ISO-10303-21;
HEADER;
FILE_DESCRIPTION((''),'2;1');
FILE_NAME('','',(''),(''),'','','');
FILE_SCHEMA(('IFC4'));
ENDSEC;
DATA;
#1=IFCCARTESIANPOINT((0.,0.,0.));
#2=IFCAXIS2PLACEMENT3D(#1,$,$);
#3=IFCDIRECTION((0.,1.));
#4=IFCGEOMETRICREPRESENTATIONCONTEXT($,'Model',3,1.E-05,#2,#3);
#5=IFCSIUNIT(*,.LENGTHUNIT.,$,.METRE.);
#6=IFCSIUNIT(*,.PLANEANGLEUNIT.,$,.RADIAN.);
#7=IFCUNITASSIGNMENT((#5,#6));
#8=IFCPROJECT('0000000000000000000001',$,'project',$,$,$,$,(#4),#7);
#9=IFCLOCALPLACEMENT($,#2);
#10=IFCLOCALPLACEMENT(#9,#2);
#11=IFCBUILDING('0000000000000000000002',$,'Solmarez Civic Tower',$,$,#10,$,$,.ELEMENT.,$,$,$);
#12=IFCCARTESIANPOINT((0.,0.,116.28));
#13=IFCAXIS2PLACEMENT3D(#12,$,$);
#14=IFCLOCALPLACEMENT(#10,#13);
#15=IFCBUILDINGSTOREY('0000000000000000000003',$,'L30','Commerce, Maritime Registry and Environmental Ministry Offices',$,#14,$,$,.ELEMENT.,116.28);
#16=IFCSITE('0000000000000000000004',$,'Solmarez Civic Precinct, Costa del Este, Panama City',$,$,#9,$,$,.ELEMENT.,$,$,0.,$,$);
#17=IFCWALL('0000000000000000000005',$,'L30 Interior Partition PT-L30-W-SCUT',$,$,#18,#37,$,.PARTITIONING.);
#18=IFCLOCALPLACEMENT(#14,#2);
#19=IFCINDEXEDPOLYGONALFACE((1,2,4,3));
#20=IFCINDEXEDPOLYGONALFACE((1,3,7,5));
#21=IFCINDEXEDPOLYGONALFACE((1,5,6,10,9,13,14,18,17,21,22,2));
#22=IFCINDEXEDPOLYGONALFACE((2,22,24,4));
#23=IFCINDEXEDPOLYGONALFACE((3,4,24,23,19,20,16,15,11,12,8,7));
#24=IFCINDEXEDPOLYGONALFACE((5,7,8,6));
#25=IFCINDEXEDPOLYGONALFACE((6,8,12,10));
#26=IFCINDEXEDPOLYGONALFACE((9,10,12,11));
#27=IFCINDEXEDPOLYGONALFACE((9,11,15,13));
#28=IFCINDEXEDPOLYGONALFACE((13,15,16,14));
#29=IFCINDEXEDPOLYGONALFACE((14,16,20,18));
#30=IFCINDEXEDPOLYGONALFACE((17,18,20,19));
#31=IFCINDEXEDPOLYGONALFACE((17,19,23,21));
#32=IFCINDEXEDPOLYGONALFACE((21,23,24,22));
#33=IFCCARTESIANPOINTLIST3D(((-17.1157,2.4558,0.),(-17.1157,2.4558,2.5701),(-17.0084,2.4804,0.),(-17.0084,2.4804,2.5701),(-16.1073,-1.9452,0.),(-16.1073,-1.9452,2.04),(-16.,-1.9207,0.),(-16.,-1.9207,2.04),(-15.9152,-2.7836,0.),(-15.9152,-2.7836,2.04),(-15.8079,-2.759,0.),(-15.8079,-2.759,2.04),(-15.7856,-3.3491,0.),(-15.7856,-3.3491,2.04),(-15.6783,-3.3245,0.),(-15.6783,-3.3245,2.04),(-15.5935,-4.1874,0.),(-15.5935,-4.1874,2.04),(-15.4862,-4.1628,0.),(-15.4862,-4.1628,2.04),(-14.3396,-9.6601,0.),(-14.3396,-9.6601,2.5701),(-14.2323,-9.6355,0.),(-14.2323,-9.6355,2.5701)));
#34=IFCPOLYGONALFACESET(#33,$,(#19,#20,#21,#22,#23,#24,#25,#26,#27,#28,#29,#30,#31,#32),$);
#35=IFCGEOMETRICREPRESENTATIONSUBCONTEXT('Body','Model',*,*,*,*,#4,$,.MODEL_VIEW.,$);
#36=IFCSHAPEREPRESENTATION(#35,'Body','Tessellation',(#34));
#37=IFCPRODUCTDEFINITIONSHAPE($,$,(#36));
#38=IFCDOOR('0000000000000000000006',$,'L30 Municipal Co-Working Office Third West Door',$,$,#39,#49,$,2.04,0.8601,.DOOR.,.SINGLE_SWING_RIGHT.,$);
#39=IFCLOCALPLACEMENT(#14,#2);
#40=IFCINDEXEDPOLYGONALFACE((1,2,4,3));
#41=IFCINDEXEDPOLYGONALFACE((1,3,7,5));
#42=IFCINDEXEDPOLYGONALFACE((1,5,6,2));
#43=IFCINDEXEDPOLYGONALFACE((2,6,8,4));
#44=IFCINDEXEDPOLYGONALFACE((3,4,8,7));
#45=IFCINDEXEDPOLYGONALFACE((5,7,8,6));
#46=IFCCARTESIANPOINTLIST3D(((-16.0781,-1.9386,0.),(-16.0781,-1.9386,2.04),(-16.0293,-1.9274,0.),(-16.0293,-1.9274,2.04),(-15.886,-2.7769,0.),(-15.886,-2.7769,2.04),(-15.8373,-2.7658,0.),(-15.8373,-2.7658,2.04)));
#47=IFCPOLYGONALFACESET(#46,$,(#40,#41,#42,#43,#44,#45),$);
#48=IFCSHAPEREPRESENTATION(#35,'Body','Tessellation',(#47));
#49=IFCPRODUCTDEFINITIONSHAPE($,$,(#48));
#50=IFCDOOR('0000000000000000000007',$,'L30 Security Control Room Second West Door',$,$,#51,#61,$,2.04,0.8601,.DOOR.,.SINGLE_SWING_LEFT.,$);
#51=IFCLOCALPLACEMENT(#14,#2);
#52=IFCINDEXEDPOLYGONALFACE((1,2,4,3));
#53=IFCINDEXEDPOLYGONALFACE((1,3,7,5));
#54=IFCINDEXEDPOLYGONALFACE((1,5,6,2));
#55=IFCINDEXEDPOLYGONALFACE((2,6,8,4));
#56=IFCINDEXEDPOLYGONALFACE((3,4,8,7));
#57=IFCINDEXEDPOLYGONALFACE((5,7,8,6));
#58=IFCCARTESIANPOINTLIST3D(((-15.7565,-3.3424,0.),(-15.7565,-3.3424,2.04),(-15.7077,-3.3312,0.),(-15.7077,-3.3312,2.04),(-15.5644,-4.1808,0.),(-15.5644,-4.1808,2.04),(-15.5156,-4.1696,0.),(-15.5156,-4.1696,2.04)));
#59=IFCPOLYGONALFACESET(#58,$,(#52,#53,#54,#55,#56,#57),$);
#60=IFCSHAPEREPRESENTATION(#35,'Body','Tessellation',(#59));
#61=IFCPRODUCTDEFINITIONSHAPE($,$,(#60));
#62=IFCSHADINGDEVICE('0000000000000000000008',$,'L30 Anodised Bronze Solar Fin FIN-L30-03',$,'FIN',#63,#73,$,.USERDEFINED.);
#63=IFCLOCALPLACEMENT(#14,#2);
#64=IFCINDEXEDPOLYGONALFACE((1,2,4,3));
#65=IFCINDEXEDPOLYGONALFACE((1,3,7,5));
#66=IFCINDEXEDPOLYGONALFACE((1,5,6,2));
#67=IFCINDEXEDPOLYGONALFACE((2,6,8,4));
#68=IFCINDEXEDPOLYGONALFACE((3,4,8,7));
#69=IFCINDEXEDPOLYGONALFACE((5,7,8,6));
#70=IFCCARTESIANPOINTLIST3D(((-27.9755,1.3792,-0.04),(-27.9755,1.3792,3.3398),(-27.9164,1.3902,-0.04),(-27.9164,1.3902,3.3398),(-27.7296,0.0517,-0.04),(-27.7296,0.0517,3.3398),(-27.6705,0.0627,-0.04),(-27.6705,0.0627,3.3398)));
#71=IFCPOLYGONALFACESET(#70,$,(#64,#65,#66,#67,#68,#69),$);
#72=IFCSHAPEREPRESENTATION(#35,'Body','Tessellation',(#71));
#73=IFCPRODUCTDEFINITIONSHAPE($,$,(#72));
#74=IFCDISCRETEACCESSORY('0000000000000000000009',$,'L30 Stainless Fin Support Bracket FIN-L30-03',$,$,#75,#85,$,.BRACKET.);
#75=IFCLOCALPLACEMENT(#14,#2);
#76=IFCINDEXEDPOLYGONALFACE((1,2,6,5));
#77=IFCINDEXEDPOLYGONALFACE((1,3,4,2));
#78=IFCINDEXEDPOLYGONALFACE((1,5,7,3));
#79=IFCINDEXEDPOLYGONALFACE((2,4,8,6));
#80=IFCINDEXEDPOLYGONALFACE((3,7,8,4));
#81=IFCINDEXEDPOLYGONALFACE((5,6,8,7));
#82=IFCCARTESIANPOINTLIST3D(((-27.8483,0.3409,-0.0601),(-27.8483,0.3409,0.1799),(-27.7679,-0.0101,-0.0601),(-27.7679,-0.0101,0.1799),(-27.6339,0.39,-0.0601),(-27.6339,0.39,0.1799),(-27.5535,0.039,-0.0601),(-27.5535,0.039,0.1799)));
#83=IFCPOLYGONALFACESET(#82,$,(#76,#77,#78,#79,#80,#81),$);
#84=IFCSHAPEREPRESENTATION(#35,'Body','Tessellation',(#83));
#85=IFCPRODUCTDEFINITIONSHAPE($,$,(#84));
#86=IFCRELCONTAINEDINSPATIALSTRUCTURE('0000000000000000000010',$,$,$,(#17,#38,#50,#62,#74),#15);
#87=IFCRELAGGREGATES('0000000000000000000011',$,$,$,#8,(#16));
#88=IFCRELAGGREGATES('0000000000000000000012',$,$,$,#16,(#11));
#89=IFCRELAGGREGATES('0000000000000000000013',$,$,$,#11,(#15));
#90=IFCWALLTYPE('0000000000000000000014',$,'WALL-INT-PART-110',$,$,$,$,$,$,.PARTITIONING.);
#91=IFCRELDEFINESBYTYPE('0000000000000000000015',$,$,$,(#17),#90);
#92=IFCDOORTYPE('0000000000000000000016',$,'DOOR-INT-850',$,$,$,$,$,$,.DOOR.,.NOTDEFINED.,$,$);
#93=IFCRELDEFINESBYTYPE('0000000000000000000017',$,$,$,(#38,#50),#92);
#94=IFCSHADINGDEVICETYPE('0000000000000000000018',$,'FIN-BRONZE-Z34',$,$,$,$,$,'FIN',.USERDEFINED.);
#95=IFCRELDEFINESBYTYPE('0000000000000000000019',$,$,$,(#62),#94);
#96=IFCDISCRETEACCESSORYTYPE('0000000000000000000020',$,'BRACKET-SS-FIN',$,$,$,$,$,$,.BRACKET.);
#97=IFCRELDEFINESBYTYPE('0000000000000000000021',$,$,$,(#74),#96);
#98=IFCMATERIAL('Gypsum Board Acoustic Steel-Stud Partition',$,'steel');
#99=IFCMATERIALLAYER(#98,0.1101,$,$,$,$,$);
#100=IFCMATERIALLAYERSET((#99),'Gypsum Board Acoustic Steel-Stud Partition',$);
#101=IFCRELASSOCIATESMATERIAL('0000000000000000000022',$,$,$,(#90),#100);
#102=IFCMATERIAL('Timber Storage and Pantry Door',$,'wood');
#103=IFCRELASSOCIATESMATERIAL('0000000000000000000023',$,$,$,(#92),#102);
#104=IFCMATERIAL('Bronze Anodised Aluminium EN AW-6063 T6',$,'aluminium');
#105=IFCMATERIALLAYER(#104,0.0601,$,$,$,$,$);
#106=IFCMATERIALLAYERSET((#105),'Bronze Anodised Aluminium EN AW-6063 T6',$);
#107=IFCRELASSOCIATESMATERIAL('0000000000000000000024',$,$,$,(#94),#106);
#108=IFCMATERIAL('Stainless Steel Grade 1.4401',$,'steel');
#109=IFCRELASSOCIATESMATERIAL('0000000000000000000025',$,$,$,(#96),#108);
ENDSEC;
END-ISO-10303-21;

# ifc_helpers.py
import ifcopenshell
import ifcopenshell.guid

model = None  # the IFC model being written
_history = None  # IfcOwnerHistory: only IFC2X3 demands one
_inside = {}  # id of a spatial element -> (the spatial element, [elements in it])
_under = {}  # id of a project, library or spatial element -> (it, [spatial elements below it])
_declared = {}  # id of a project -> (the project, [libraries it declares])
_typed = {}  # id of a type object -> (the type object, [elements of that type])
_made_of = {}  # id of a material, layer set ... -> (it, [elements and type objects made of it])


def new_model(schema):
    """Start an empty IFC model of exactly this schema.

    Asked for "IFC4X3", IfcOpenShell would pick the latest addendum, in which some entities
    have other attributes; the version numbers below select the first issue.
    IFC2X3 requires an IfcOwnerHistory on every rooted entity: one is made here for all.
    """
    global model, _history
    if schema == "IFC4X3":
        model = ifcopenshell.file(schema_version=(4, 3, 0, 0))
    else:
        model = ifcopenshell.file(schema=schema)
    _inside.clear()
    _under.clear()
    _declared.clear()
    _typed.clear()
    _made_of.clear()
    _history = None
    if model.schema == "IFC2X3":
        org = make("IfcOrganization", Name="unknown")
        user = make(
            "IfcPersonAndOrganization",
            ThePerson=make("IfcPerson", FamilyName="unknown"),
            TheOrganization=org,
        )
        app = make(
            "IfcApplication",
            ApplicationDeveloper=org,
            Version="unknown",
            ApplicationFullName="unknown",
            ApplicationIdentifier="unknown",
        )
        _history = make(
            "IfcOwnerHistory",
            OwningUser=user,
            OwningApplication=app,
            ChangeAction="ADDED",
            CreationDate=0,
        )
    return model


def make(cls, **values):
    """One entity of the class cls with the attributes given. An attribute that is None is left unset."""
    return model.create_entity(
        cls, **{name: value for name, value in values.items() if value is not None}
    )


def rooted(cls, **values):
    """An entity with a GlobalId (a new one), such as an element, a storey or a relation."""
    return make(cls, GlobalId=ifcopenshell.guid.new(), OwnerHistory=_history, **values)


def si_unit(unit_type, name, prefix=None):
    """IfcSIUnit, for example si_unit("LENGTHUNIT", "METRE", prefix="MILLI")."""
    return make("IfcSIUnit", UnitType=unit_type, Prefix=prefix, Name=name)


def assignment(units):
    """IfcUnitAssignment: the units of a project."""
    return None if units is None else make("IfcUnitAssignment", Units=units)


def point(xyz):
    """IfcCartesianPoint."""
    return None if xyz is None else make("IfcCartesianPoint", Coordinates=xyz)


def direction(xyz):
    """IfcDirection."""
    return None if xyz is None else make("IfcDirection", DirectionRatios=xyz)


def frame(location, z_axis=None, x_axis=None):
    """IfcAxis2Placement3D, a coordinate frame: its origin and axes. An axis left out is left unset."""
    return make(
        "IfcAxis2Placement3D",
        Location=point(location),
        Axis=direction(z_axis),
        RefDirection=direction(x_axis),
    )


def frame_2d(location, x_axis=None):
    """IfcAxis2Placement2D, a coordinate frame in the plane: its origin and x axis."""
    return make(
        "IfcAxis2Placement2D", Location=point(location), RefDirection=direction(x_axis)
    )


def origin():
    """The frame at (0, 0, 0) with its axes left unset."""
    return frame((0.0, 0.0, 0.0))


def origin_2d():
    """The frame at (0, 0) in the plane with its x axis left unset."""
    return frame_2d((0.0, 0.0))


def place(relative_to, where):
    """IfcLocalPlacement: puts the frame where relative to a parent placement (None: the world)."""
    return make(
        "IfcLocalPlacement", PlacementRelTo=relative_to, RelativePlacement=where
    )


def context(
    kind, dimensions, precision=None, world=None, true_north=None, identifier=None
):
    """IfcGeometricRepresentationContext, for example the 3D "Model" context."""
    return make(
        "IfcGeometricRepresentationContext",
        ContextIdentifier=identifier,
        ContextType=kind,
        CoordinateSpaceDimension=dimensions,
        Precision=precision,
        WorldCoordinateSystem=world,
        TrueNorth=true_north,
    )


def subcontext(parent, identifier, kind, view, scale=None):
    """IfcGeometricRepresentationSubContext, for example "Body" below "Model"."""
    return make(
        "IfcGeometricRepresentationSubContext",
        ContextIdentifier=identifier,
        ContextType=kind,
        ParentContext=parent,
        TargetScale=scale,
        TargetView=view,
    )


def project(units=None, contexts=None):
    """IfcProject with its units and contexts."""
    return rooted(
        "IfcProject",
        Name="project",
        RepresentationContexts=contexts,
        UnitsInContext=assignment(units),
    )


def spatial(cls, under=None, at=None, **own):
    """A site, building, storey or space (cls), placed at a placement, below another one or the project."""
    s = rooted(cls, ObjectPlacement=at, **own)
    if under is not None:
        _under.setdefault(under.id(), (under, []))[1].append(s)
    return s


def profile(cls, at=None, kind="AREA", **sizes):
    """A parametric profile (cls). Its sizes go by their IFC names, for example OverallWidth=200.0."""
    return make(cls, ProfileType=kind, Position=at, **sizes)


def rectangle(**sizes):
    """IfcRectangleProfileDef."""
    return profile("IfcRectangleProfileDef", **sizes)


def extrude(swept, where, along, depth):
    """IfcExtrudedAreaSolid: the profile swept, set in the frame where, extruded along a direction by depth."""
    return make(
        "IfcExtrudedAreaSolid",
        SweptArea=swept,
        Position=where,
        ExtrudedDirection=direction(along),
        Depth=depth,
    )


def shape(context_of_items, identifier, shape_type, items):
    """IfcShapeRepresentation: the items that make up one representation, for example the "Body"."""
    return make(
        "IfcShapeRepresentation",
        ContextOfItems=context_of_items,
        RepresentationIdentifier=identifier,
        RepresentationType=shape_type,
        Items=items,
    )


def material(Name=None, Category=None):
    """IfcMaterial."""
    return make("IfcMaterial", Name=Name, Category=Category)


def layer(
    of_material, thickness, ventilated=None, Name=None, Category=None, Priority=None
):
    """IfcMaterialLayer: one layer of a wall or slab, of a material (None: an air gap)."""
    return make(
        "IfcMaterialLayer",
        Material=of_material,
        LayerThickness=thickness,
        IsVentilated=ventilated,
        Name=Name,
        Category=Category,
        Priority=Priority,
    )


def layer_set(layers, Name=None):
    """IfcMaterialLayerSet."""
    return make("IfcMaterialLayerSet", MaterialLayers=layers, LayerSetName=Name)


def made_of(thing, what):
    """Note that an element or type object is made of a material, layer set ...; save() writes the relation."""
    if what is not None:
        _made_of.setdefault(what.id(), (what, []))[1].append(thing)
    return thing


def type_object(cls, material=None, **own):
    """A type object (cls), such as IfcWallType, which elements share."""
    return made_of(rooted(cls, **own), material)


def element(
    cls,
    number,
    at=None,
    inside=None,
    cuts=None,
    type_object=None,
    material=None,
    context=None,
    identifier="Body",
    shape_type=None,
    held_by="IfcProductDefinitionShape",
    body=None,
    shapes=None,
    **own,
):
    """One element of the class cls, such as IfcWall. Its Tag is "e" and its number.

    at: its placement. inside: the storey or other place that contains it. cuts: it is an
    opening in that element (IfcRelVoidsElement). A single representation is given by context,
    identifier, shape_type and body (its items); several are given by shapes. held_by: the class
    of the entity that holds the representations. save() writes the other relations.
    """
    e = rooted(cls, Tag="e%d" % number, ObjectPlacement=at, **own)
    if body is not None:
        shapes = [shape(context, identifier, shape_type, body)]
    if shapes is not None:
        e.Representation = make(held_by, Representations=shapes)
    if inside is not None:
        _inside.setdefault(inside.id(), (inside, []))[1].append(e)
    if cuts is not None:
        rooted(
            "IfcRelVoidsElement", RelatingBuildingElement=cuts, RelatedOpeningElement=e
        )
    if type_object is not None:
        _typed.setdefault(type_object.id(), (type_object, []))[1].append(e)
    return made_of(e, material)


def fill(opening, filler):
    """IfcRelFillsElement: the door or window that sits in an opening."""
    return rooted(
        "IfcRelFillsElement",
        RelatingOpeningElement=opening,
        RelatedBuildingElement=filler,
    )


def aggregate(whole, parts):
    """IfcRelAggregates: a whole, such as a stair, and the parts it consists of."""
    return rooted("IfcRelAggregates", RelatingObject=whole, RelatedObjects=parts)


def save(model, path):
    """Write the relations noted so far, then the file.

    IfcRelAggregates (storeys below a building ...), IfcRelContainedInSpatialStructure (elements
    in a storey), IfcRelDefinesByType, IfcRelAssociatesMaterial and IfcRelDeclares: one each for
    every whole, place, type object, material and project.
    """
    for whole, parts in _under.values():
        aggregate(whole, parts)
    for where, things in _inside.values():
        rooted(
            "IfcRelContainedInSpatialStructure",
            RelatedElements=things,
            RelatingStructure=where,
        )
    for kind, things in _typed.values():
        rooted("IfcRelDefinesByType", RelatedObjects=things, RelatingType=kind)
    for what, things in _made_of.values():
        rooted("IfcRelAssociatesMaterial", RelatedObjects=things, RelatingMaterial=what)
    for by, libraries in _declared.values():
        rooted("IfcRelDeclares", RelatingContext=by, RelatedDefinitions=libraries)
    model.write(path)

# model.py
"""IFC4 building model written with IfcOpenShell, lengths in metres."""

from ifc_helpers import new_model, si_unit, direction, frame, frame_2d, origin, origin_2d, place, context, subcontext, project, spatial, rectangle, extrude, material, layer, layer_set, type_object, element, fill, save


model = new_model("IFC4")

# Units and contexts
model_context = context("Model", 3, precision=1e-05, world=origin(), true_north=direction((0.0, 1.0)))
body_context = subcontext(model_context, "Body", "Model", "MODEL_VIEW")
ifc_project = project(units=[si_unit("LENGTHUNIT", "METRE"), si_unit("PLANEANGLEUNIT", "RADIAN")], contexts=[model_context])

# Site, building, storey
site_placement = place(None, origin())
site = spatial("IfcSite", under=ifc_project, at=site_placement, Name="Solmarez Civic Precinct, Costa del Este, Panama City", CompositionType="ELEMENT", RefElevation=0.0)
building_placement = place(site_placement, origin())
building = spatial("IfcBuilding", under=site, at=building_placement, Name="Solmarez Civic Tower", CompositionType="ELEMENT")
storey_placement = place(building_placement, frame((0.0, 0.0, 116.28)))
storey = spatial("IfcBuildingStorey", under=building, at=storey_placement, Name="L30", Description="Commerce, Maritime Registry and Environmental Ministry Offices", CompositionType="ELEMENT", Elevation=116.28)

# Shared definitions
ifc_material_1 = material(Name="Gypsum Board Acoustic Steel-Stud Partition", Category="steel")
ifc_layer_1 = layer(ifc_material_1, 0.1101)
ifc_layer_set_1 = layer_set([ifc_layer_1], Name="Gypsum Board Acoustic Steel-Stud Partition")
wall_type_1 = type_object("IfcWallType", Name="WALL-INT-PART-110", PredefinedType="PARTITIONING", material=ifc_layer_set_1)

# Wall, openings, doors
wall_1_placement = place(storey_placement, frame((-17.062, 2.468, 0.0), z_axis=(0.0, 0.0, 1.0), x_axis=(0.223342, -0.97474, 0.0)))
wall_1 = element("IfcWall", 1, at=wall_1_placement, inside=storey, type_object=wall_type_1, Name="L30 Interior Partition PT-L30-W-SCUT", PredefinedType="PARTITIONING", context=body_context, shape_type="SweptSolid", body=[
    extrude(rectangle(XDim=12.4299, YDim=0.1101, at=frame_2d((6.2148, 0.0))), origin(), (0.0, 0.0, 1.0), 2.5701),
])
opening_1_placement = place(wall_1_placement, frame((4.5149, 0.0, 0.0)))
opening_1 = element("IfcOpeningElement", 2, at=opening_1_placement, cuts=wall_1, PredefinedType="OPENING", context=body_context, shape_type="SweptSolid", body=[
    extrude(rectangle(XDim=0.8601, YDim=2.04, at=frame_2d((0.4302, 1.02))), frame((0.0, 0.0649, 0.0), z_axis=(0.0, -1.0, 0.0), x_axis=(1.0, 0.0, 0.0)), (0.0, 0.0, 1.0), 0.1301),
])
opening_2_placement = place(wall_1_placement, frame((5.9551, 0.0, 0.0)))
opening_2 = element("IfcOpeningElement", 3, at=opening_2_placement, cuts=wall_1, PredefinedType="OPENING", context=body_context, shape_type="SweptSolid", body=[
    extrude(rectangle(XDim=0.8601, YDim=2.04, at=frame_2d((0.4302, 1.02))), frame((0.0, 0.0649, 0.0), z_axis=(0.0, -1.0, 0.0), x_axis=(1.0, 0.0, 0.0)), (0.0, 0.0, 1.0), 0.1301),
])
ifc_material_2 = material(Name="Timber Storage and Pantry Door", Category="wood")
door_type = type_object("IfcDoorType", Name="DOOR-INT-850", OperationType="NOTDEFINED", PredefinedType="DOOR", material=ifc_material_2)
door_1_placement = place(opening_1_placement, origin())
door_1 = element("IfcDoor", 4, at=door_1_placement, inside=storey, type_object=door_type, Name="L30 Municipal Co-Working Office Third West Door", OperationType="SINGLE_SWING_RIGHT", OverallHeight=2.04, OverallWidth=0.8601, PredefinedType="DOOR", context=body_context, shape_type="SweptSolid", body=[
    extrude(rectangle(XDim=0.8601, YDim=2.04, at=frame_2d((0.4302, 1.02))), frame((0.0, 0.0249, 0.0), z_axis=(0.0, -1.0, 0.0), x_axis=(1.0, 0.0, 0.0)), (0.0, 0.0, 1.0), 0.05),
])
fill(opening_1, door_1)
door_2_placement = place(opening_2_placement, origin())
door_2 = element("IfcDoor", 5, at=door_2_placement, inside=storey, type_object=door_type, Name="L30 Security Control Room Second West Door", OperationType="SINGLE_SWING_LEFT", OverallHeight=2.04, OverallWidth=0.8601, PredefinedType="DOOR", context=body_context, shape_type="SweptSolid", body=[
    extrude(rectangle(XDim=0.8601, YDim=2.04, at=frame_2d((0.4302, 1.02))), frame((0.0, 0.0249, 0.0), z_axis=(0.0, -1.0, 0.0), x_axis=(1.0, 0.0, 0.0)), (0.0, 0.0, 1.0), 0.05),
])
fill(opening_2, door_2)

# Shading device
ifc_material_3 = material(Name="Bronze Anodised Aluminium EN AW-6063 T6", Category="aluminium")
ifc_layer_2 = layer(ifc_material_3, 0.0601)
ifc_layer_set_2 = layer_set([ifc_layer_2], Name="Bronze Anodised Aluminium EN AW-6063 T6")
shading_device_type = type_object("IfcShadingDeviceType", Name="FIN-BRONZE-Z34", ElementType="FIN", PredefinedType="USERDEFINED", material=ifc_layer_set_2)
shading_device_placement = place(storey_placement, frame((-27.823, 0.7209, -0.04), z_axis=(0.0, 0.0, 1.0), x_axis=(-0.18215, 0.983271, 0.0)))
element("IfcShadingDevice", 6, at=shading_device_placement, inside=storey, type_object=shading_device_type, Name="L30 Anodised Bronze Solar Fin FIN-L30-03", ObjectType="FIN", PredefinedType="USERDEFINED", context=body_context, shape_type="SweptSolid", body=[
    extrude(rectangle(XDim=1.3501, YDim=0.0601, at=origin_2d()), origin(), (0.0, 0.0, 1.0), 3.3799),
])

# Discrete accessory
ifc_material_4 = material(Name="Stainless Steel Grade 1.4401", Category="steel")
discrete_accessory_type = type_object("IfcDiscreteAccessoryType", Name="BRACKET-SS-FIN", PredefinedType="BRACKET", material=ifc_material_4)
discrete_accessory_placement = place(storey_placement, frame((-27.7009, 0.1899, -0.0601), z_axis=(0.0, 0.0, 1.0), x_axis=(-0.223234, 0.974765, 0.0)))
element("IfcDiscreteAccessory", 7, at=discrete_accessory_placement, inside=storey, type_object=discrete_accessory_type, Name="L30 Stainless Fin Support Bracket FIN-L30-03", PredefinedType="BRACKET", context=body_context, shape_type="SweptSolid", body=[
    extrude(rectangle(XDim=0.3601, YDim=0.22, at=origin_2d()), origin(), (0.0, 0.0, 1.0), 0.24),
])

save(model, "model.ifc")
